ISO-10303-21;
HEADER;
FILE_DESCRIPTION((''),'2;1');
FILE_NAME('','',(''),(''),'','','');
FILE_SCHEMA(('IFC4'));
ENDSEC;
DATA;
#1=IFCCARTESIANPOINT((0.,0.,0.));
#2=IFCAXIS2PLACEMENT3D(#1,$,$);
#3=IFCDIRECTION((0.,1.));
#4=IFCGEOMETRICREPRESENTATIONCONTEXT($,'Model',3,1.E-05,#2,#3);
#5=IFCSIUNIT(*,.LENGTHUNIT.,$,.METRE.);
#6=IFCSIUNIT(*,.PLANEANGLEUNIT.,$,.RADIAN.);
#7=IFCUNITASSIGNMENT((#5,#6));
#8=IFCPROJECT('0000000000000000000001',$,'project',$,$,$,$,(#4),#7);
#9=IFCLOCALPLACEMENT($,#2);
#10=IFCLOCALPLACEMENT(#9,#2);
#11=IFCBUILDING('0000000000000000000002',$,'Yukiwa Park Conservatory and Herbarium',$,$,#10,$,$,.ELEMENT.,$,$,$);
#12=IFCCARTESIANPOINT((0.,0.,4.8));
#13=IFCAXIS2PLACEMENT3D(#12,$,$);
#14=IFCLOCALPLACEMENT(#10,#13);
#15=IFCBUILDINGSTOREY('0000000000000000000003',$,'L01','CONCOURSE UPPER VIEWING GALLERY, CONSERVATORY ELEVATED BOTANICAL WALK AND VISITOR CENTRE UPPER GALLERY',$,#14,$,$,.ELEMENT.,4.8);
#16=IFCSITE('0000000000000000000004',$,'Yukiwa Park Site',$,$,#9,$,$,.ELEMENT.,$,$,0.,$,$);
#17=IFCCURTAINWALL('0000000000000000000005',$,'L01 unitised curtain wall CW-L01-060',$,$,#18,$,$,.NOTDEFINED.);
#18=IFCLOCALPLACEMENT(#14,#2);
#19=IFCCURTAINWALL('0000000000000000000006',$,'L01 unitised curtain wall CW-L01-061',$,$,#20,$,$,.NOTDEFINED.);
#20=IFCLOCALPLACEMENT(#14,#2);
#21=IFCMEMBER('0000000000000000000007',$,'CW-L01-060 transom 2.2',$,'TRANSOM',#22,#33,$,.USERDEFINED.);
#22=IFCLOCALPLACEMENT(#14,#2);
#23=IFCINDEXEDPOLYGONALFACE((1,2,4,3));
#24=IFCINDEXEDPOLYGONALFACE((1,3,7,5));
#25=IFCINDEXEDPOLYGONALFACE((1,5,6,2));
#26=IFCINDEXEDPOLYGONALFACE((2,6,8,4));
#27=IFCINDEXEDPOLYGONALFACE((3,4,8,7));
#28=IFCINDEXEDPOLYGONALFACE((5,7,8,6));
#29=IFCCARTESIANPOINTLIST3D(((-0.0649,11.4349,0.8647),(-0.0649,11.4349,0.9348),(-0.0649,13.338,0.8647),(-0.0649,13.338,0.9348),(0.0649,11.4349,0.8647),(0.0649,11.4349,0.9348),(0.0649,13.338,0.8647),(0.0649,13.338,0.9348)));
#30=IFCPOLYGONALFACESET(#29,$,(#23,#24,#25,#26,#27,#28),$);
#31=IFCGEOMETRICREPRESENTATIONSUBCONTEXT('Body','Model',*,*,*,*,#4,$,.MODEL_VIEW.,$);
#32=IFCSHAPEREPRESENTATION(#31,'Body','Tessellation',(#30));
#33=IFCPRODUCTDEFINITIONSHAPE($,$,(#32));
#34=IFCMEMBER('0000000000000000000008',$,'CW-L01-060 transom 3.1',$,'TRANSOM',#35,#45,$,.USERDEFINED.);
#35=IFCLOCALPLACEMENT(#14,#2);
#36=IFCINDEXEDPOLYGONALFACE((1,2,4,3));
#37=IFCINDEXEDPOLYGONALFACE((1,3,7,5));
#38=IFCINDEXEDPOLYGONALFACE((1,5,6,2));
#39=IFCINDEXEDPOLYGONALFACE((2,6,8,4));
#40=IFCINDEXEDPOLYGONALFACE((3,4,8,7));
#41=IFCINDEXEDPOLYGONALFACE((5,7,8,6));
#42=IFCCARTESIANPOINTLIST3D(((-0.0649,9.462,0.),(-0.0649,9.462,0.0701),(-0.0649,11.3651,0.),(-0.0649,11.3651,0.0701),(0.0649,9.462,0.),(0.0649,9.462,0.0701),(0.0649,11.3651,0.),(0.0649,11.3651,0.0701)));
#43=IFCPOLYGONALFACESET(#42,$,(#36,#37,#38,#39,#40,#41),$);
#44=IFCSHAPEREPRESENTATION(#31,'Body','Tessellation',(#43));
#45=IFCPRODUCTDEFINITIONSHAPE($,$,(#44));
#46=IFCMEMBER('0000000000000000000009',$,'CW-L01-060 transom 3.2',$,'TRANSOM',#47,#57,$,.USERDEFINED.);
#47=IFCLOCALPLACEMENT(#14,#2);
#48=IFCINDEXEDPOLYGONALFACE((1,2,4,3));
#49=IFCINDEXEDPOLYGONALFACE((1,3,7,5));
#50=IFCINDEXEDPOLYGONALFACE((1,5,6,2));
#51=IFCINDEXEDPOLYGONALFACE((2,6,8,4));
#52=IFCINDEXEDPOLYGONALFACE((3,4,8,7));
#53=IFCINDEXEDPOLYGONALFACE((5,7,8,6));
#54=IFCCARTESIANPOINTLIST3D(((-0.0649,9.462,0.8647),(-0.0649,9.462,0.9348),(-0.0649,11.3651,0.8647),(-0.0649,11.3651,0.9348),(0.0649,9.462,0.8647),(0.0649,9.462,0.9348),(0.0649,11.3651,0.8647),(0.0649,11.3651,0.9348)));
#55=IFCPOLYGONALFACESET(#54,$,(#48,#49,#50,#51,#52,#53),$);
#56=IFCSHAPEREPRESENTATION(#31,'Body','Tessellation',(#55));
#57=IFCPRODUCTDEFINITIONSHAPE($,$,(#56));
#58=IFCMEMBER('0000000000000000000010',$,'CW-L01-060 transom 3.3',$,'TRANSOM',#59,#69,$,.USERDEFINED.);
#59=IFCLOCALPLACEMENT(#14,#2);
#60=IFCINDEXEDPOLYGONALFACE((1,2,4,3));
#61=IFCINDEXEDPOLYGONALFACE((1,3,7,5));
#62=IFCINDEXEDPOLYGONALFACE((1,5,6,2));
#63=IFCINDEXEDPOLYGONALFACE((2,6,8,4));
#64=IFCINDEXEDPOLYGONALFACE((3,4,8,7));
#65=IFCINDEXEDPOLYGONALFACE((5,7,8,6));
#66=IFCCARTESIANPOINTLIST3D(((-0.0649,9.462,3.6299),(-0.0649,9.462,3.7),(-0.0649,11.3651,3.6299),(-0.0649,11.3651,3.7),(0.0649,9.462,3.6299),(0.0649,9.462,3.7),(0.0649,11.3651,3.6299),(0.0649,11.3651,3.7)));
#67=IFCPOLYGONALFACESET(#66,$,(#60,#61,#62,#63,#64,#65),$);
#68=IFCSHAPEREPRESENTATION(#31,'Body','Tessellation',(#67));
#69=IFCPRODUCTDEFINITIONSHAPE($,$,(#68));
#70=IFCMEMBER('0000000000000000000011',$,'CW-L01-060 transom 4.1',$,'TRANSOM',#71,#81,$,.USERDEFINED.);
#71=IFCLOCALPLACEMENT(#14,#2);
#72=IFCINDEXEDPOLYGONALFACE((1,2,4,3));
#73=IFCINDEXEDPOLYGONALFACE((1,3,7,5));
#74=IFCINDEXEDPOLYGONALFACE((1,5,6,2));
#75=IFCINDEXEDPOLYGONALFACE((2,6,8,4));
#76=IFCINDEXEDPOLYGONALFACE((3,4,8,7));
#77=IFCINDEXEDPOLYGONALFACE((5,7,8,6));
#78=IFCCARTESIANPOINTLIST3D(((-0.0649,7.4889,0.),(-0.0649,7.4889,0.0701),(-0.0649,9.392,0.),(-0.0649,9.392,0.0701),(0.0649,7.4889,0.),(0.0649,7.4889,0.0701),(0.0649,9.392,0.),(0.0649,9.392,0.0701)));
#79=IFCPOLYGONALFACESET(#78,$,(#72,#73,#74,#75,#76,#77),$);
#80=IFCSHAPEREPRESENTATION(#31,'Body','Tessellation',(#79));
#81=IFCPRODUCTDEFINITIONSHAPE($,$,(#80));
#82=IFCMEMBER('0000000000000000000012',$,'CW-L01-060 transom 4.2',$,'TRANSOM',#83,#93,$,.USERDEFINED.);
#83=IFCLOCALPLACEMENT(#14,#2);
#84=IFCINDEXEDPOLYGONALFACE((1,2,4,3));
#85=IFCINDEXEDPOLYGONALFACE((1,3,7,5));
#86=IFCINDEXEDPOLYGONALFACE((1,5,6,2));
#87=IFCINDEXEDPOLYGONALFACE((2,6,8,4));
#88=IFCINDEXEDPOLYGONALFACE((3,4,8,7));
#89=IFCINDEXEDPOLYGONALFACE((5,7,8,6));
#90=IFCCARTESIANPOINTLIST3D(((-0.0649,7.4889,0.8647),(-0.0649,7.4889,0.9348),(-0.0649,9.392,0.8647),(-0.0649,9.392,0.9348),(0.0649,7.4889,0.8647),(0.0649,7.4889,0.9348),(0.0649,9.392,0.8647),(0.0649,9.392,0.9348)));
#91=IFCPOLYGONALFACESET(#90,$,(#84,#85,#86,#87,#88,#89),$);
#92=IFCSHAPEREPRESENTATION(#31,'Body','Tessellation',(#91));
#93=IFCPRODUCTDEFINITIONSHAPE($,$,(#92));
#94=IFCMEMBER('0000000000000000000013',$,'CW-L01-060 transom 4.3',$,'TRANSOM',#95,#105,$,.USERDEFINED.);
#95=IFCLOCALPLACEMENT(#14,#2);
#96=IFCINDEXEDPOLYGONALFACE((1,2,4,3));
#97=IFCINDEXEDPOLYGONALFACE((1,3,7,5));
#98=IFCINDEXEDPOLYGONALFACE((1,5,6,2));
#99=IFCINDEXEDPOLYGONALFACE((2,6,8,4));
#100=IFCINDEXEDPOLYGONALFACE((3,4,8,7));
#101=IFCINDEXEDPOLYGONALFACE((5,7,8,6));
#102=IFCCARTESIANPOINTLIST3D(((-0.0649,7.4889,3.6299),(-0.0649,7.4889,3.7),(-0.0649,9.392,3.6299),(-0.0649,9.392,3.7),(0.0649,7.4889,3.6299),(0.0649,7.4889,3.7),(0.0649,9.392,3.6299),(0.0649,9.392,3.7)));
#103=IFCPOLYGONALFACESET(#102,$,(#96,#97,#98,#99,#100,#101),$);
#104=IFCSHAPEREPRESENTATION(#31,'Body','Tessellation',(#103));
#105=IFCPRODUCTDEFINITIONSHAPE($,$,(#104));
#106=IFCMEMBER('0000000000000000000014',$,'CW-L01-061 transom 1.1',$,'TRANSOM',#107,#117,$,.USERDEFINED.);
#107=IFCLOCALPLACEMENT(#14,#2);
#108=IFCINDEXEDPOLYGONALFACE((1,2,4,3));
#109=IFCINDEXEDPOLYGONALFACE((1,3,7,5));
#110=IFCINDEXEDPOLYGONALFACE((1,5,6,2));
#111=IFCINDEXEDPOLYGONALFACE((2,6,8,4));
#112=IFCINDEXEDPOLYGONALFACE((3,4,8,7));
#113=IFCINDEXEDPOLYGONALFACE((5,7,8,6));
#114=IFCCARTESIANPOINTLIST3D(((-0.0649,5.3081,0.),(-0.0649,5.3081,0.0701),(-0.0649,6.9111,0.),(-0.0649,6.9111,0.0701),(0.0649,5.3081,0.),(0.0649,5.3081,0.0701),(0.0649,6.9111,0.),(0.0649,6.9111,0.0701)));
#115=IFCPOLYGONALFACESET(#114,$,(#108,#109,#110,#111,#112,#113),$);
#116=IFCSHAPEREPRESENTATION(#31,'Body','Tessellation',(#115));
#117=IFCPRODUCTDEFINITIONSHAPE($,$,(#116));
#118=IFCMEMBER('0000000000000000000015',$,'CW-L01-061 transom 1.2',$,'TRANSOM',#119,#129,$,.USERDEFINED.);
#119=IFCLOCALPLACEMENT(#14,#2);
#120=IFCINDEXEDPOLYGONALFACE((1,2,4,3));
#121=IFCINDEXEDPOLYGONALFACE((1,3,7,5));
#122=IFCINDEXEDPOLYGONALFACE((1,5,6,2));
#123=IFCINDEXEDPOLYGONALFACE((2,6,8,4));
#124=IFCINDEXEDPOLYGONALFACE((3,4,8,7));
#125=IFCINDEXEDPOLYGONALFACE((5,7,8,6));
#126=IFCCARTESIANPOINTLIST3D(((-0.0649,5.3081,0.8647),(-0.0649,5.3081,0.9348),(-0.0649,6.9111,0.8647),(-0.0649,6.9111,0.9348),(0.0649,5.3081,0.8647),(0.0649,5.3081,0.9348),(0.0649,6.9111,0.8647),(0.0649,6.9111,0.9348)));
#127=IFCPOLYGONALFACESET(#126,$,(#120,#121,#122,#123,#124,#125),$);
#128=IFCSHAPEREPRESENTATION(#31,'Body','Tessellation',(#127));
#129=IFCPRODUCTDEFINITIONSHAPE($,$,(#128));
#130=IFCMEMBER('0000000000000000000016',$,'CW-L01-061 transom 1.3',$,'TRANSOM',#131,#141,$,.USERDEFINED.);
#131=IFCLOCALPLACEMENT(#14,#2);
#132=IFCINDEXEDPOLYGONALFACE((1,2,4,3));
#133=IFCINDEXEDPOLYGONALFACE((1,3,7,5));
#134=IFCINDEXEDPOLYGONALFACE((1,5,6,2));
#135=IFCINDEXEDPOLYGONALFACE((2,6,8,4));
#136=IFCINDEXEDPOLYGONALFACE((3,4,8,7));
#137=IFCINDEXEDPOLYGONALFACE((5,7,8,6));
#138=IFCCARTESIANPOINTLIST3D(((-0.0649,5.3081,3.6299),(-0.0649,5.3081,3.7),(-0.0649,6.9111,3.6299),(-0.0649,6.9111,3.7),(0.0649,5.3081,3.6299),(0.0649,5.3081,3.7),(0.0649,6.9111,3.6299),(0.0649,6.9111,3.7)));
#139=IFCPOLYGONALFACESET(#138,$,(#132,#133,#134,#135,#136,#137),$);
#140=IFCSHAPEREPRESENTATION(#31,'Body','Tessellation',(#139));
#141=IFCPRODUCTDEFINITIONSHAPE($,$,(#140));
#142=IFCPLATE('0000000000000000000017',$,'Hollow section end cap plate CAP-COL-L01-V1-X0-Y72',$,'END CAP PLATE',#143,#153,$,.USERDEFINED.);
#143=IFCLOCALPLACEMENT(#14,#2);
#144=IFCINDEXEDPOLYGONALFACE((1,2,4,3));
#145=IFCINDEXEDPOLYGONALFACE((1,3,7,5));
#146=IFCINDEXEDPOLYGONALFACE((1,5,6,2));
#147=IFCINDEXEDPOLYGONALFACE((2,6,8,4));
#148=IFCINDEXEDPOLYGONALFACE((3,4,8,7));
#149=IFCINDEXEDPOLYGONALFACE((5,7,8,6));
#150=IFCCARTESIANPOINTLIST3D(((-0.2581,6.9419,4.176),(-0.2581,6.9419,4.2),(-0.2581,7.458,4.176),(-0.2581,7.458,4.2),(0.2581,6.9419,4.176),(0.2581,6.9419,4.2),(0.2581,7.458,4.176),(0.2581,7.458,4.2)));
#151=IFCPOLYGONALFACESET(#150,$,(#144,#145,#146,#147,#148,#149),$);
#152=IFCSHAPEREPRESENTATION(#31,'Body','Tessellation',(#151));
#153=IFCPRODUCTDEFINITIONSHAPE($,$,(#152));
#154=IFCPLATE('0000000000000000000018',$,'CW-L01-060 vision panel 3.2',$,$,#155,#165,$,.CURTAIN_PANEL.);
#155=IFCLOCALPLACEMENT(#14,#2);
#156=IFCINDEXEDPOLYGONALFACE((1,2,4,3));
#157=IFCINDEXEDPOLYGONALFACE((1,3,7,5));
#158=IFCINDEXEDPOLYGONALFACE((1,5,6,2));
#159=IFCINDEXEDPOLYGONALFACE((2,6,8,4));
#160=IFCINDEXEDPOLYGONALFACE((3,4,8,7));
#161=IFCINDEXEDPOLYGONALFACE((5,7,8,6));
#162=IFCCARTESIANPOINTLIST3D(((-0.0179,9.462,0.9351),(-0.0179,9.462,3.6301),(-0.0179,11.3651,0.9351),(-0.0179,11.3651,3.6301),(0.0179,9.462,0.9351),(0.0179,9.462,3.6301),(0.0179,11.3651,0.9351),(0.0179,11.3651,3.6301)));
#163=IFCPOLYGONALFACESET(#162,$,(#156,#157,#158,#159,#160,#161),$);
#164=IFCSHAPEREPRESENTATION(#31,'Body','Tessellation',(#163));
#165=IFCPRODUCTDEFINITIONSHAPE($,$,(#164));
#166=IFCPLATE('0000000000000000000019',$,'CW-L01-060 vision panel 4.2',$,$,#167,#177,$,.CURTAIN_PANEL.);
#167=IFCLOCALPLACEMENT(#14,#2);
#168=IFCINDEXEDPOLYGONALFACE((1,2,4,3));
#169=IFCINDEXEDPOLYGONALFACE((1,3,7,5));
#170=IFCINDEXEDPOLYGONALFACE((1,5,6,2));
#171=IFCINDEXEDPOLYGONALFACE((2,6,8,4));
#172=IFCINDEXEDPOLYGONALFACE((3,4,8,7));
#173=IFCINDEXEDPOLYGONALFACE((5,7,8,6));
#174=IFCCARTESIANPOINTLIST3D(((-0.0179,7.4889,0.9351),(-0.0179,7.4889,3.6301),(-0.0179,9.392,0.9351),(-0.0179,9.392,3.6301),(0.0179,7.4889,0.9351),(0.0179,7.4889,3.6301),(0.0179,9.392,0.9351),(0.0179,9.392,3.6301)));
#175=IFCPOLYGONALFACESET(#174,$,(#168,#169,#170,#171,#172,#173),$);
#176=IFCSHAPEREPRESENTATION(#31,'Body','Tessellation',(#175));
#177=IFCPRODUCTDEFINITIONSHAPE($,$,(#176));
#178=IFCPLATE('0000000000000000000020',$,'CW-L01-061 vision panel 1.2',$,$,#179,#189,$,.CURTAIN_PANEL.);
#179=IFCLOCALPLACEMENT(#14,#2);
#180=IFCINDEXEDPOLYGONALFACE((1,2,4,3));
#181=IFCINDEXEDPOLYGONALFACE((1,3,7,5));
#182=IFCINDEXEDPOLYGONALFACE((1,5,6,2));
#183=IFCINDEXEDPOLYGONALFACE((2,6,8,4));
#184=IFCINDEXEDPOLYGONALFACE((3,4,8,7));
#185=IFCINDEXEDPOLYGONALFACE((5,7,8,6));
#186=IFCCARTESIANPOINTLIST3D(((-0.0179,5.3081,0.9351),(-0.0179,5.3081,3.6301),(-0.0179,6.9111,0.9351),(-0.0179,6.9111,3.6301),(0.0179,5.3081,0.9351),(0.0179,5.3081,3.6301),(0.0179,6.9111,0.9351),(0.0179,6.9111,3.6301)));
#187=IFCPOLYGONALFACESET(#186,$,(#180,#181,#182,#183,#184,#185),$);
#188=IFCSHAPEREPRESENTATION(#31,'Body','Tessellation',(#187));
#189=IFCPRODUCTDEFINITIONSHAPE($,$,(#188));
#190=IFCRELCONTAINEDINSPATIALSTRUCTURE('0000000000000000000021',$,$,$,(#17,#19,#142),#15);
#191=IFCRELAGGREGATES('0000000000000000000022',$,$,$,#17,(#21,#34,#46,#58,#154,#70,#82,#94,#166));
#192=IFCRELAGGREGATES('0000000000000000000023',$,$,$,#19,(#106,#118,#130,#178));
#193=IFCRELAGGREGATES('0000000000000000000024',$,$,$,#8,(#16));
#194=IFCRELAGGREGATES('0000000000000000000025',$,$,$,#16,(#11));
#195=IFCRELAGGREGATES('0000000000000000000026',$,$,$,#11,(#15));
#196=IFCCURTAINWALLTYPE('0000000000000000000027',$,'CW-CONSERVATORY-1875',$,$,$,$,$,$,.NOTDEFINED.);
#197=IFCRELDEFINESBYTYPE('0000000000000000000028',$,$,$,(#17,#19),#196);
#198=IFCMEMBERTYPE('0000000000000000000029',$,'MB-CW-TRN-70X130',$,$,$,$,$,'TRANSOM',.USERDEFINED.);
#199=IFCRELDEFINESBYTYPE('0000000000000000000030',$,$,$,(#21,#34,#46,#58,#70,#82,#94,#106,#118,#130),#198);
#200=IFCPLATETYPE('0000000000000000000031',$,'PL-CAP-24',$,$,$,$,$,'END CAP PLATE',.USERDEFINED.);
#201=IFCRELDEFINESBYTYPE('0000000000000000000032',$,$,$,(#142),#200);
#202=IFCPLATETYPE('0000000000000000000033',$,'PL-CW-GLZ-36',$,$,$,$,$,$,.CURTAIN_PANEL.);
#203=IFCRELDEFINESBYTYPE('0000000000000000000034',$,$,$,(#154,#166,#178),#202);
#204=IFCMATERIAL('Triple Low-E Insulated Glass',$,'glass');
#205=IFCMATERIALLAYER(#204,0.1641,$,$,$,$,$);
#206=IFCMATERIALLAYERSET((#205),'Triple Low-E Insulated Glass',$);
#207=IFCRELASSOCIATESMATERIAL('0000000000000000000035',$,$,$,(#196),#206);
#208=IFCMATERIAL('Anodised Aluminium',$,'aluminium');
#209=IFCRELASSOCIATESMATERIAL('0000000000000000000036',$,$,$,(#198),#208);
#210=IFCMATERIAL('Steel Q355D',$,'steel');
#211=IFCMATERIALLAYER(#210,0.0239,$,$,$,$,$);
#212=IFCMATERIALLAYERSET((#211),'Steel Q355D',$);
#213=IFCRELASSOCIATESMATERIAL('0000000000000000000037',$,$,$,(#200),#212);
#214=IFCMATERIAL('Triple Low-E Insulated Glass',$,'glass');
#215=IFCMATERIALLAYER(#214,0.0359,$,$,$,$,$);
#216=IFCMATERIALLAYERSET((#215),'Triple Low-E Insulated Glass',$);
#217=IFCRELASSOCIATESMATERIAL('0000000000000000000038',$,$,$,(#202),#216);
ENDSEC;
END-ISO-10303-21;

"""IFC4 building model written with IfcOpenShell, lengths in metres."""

from ifc_helpers import new_model, si_unit, direction, frame, origin, origin_2d, place, context, subcontext, project, spatial, rectangle, extrude, material, layer, layer_set, type_object, element, aggregate, save


model = new_model("IFC4")

# Units and contexts
model_context = context("Model", 3, precision=1e-05, world=origin(), true_north=direction((0.0, 1.0)))
body_context = subcontext(model_context, "Body", "Model", "MODEL_VIEW")
ifc_project = project(units=[si_unit("LENGTHUNIT", "METRE"), si_unit("PLANEANGLEUNIT", "RADIAN")], contexts=[model_context])

# Site, building, storey
site_placement = place(None, origin())
site = spatial("IfcSite", under=ifc_project, at=site_placement, Name="Yukiwa Park Site", CompositionType="ELEMENT", RefElevation=0.0)
building_placement = place(site_placement, origin())
building = spatial("IfcBuilding", under=site, at=building_placement, Name="Yukiwa Park Conservatory and Herbarium", CompositionType="ELEMENT")
storey_placement = place(building_placement, frame((0.0, 0.0, 4.8)))
storey = spatial("IfcBuildingStorey", under=building, at=storey_placement, Name="L01", Description="CONCOURSE UPPER VIEWING GALLERY, CONSERVATORY ELEVATED BOTANICAL WALK AND VISITOR CENTRE UPPER GALLERY", CompositionType="ELEMENT", Elevation=4.8)

# Curtain wall
ifc_material_1 = material(Name="Triple Low-E Insulated Glass", Category="glass")
ifc_layer_1 = layer(ifc_material_1, 0.1641)
ifc_layer_set_1 = layer_set([ifc_layer_1], Name="Triple Low-E Insulated Glass")
curtain_wall_type = type_object("IfcCurtainWallType", Name="CW-CONSERVATORY-1875", PredefinedType="NOTDEFINED", material=ifc_layer_set_1)
curtain_wall_1_placement = place(storey_placement, origin())
curtain_wall_1 = element("IfcCurtainWall", 1, at=curtain_wall_1_placement, inside=storey, type_object=curtain_wall_type, Name="L01 unitised curtain wall CW-L01-060", PredefinedType="NOTDEFINED")

# Curtain wall
curtain_wall_2_placement = place(storey_placement, origin())
curtain_wall_2 = element("IfcCurtainWall", 2, at=curtain_wall_2_placement, inside=storey, type_object=curtain_wall_type, Name="L01 unitised curtain wall CW-L01-061", PredefinedType="NOTDEFINED")

# Members
ifc_material_2 = material(Name="Anodised Aluminium", Category="aluminium")
member_type_1 = type_object("IfcMemberType", Name="MB-CW-TRN-70X130", ElementType="TRANSOM", PredefinedType="USERDEFINED", material=ifc_material_2)
member_1_placement = place(storey_placement, frame((0.0, 12.3865, 0.8647), z_axis=(0.0, 0.0, 1.0), x_axis=(0.0, -1.0, 0.0)))
member_1 = element("IfcMember", 3, at=member_1_placement, type_object=member_type_1, Name="CW-L01-060 transom 2.2", ObjectType="TRANSOM", PredefinedType="USERDEFINED", context=body_context, shape_type="SweptSolid", body=[
    extrude(rectangle(XDim=1.9031, YDim=0.1299, at=origin_2d()), origin(), (0.0, 0.0, 1.0), 0.0701),
])
member_2_placement = place(storey_placement, frame((0.0, 10.4136, 0.0), z_axis=(0.0, 0.0, 1.0), x_axis=(0.0, -1.0, 0.0)))
member_2 = element("IfcMember", 4, at=member_2_placement, type_object=member_type_1, Name="CW-L01-060 transom 3.1", ObjectType="TRANSOM", PredefinedType="USERDEFINED", context=body_context, shape_type="SweptSolid", body=[
    extrude(rectangle(XDim=1.9031, YDim=0.1299, at=origin_2d()), origin(), (0.0, 0.0, 1.0), 0.0701),
])
member_3_placement = place(storey_placement, frame((0.0, 10.4136, 0.8647), z_axis=(0.0, 0.0, 1.0), x_axis=(0.0, -1.0, 0.0)))
member_3 = element("IfcMember", 5, at=member_3_placement, type_object=member_type_1, Name="CW-L01-060 transom 3.2", ObjectType="TRANSOM", PredefinedType="USERDEFINED", context=body_context, shape_type="SweptSolid", body=[
    extrude(rectangle(XDim=1.9031, YDim=0.1299, at=origin_2d()), origin(), (0.0, 0.0, 1.0), 0.0701),
])
member_4_placement = place(storey_placement, frame((0.0, 10.4136, 3.6299), z_axis=(0.0, 0.0, 1.0), x_axis=(0.0, -1.0, 0.0)))
member_4 = element("IfcMember", 6, at=member_4_placement, type_object=member_type_1, Name="CW-L01-060 transom 3.3", ObjectType="TRANSOM", PredefinedType="USERDEFINED", context=body_context, shape_type="SweptSolid", body=[
    extrude(rectangle(XDim=1.9031, YDim=0.1299, at=origin_2d()), origin(), (0.0, 0.0, 1.0), 0.0701),
])
member_5_placement = place(storey_placement, frame((0.0, 8.4404, 0.0), z_axis=(0.0, 0.0, 1.0), x_axis=(0.0, -1.0, 0.0)))
member_5 = element("IfcMember", 7, at=member_5_placement, type_object=member_type_1, Name="CW-L01-060 transom 4.1", ObjectType="TRANSOM", PredefinedType="USERDEFINED", context=body_context, shape_type="SweptSolid", body=[
    extrude(rectangle(XDim=1.9031, YDim=0.1299, at=origin_2d()), origin(), (0.0, 0.0, 1.0), 0.0701),
])
member_6_placement = place(storey_placement, frame((0.0, 8.4404, 0.8647), z_axis=(0.0, 0.0, 1.0), x_axis=(0.0, -1.0, 0.0)))
member_6 = element("IfcMember", 8, at=member_6_placement, type_object=member_type_1, Name="CW-L01-060 transom 4.2", ObjectType="TRANSOM", PredefinedType="USERDEFINED", context=body_context, shape_type="SweptSolid", body=[
    extrude(rectangle(XDim=1.9031, YDim=0.1299, at=origin_2d()), origin(), (0.0, 0.0, 1.0), 0.0701),
])
member_7_placement = place(storey_placement, frame((0.0, 8.4404, 3.6299), z_axis=(0.0, 0.0, 1.0), x_axis=(0.0, -1.0, 0.0)))
member_7 = element("IfcMember", 9, at=member_7_placement, type_object=member_type_1, Name="CW-L01-060 transom 4.3", ObjectType="TRANSOM", PredefinedType="USERDEFINED", context=body_context, shape_type="SweptSolid", body=[
    extrude(rectangle(XDim=1.9031, YDim=0.1299, at=origin_2d()), origin(), (0.0, 0.0, 1.0), 0.0701),
])
member_8_placement = place(storey_placement, frame((0.0, 6.1096, 0.0), z_axis=(0.0, 0.0, 1.0), x_axis=(0.0, -1.0, 0.0)))
member_8 = element("IfcMember", 10, at=member_8_placement, type_object=member_type_1, Name="CW-L01-061 transom 1.1", ObjectType="TRANSOM", PredefinedType="USERDEFINED", context=body_context, shape_type="SweptSolid", body=[
    extrude(rectangle(XDim=1.603, YDim=0.1299, at=origin_2d()), origin(), (0.0, 0.0, 1.0), 0.0701),
])
member_9_placement = place(storey_placement, frame((0.0, 6.1096, 0.8647), z_axis=(0.0, 0.0, 1.0), x_axis=(0.0, -1.0, 0.0)))
member_9 = element("IfcMember", 11, at=member_9_placement, type_object=member_type_1, Name="CW-L01-061 transom 1.2", ObjectType="TRANSOM", PredefinedType="USERDEFINED", context=body_context, shape_type="SweptSolid", body=[
    extrude(rectangle(XDim=1.603, YDim=0.1299, at=origin_2d()), origin(), (0.0, 0.0, 1.0), 0.0701),
])
member_10_placement = place(storey_placement, frame((0.0, 6.1096, 3.6299), z_axis=(0.0, 0.0, 1.0), x_axis=(0.0, -1.0, 0.0)))
member_10 = element("IfcMember", 12, at=member_10_placement, type_object=member_type_1, Name="CW-L01-061 transom 1.3", ObjectType="TRANSOM", PredefinedType="USERDEFINED", context=body_context, shape_type="SweptSolid", body=[
    extrude(rectangle(XDim=1.603, YDim=0.1299, at=origin_2d()), origin(), (0.0, 0.0, 1.0), 0.0701),
])

# Plates
ifc_material_3 = material(Name="Steel Q355D", Category="steel")
ifc_layer_2 = layer(ifc_material_3, 0.0239)
ifc_layer_set_2 = layer_set([ifc_layer_2], Name="Steel Q355D")
plate_type_1 = type_object("IfcPlateType", Name="PL-CAP-24", ElementType="END CAP PLATE", PredefinedType="USERDEFINED", material=ifc_layer_set_2)
plate_1_placement = place(storey_placement, frame((0.0, 7.2, 4.176), z_axis=(0.0, 0.0, 1.0), x_axis=(1.0, 0.0, 0.0)))
element("IfcPlate", 13, at=plate_1_placement, inside=storey, type_object=plate_type_1, Name="Hollow section end cap plate CAP-COL-L01-V1-X0-Y72", ObjectType="END CAP PLATE", PredefinedType="USERDEFINED", context=body_context, shape_type="SweptSolid", body=[
    extrude(rectangle(XDim=0.5161, YDim=0.5161, at=origin_2d()), origin(), (0.0, 0.0, 1.0), 0.0239),
])
ifc_material_4 = material(Name="Triple Low-E Insulated Glass", Category="glass")
ifc_layer_3 = layer(ifc_material_4, 0.0359)
ifc_layer_set_3 = layer_set([ifc_layer_3], Name="Triple Low-E Insulated Glass")
plate_type_2 = type_object("IfcPlateType", Name="PL-CW-GLZ-36", PredefinedType="CURTAIN_PANEL", material=ifc_layer_set_3)
plate_2_placement = place(storey_placement, frame((0.0, 10.4136, 0.9351), z_axis=(0.0, 0.0, 1.0), x_axis=(0.0, -1.0, 0.0)))
plate_2 = element("IfcPlate", 14, at=plate_2_placement, type_object=plate_type_2, Name="CW-L01-060 vision panel 3.2", PredefinedType="CURTAIN_PANEL", context=body_context, shape_type="SweptSolid", body=[
    extrude(rectangle(XDim=1.9031, YDim=0.0359, at=origin_2d()), origin(), (0.0, 0.0, 1.0), 2.6951),
])
plate_3_placement = place(storey_placement, frame((0.0, 8.4404, 0.9351), z_axis=(0.0, 0.0, 1.0), x_axis=(0.0, -1.0, 0.0)))
plate_3 = element("IfcPlate", 15, at=plate_3_placement, type_object=plate_type_2, Name="CW-L01-060 vision panel 4.2", PredefinedType="CURTAIN_PANEL", context=body_context, shape_type="SweptSolid", body=[
    extrude(rectangle(XDim=1.9031, YDim=0.0359, at=origin_2d()), origin(), (0.0, 0.0, 1.0), 2.6951),
])
plate_4_placement = place(storey_placement, frame((0.0, 6.1096, 0.9351), z_axis=(0.0, 0.0, 1.0), x_axis=(0.0, -1.0, 0.0)))
plate_4 = element("IfcPlate", 16, at=plate_4_placement, type_object=plate_type_2, Name="CW-L01-061 vision panel 1.2", PredefinedType="CURTAIN_PANEL", context=body_context, shape_type="SweptSolid", body=[
    extrude(rectangle(XDim=1.603, YDim=0.0359, at=origin_2d()), origin(), (0.0, 0.0, 1.0), 2.6951),
])
aggregate(curtain_wall_1, [member_1, member_2, member_3, member_4, plate_2, member_5, member_6, member_7, plate_3])
aggregate(curtain_wall_2, [member_8, member_9, member_10, plate_4])

save(model, "model.ifc")
